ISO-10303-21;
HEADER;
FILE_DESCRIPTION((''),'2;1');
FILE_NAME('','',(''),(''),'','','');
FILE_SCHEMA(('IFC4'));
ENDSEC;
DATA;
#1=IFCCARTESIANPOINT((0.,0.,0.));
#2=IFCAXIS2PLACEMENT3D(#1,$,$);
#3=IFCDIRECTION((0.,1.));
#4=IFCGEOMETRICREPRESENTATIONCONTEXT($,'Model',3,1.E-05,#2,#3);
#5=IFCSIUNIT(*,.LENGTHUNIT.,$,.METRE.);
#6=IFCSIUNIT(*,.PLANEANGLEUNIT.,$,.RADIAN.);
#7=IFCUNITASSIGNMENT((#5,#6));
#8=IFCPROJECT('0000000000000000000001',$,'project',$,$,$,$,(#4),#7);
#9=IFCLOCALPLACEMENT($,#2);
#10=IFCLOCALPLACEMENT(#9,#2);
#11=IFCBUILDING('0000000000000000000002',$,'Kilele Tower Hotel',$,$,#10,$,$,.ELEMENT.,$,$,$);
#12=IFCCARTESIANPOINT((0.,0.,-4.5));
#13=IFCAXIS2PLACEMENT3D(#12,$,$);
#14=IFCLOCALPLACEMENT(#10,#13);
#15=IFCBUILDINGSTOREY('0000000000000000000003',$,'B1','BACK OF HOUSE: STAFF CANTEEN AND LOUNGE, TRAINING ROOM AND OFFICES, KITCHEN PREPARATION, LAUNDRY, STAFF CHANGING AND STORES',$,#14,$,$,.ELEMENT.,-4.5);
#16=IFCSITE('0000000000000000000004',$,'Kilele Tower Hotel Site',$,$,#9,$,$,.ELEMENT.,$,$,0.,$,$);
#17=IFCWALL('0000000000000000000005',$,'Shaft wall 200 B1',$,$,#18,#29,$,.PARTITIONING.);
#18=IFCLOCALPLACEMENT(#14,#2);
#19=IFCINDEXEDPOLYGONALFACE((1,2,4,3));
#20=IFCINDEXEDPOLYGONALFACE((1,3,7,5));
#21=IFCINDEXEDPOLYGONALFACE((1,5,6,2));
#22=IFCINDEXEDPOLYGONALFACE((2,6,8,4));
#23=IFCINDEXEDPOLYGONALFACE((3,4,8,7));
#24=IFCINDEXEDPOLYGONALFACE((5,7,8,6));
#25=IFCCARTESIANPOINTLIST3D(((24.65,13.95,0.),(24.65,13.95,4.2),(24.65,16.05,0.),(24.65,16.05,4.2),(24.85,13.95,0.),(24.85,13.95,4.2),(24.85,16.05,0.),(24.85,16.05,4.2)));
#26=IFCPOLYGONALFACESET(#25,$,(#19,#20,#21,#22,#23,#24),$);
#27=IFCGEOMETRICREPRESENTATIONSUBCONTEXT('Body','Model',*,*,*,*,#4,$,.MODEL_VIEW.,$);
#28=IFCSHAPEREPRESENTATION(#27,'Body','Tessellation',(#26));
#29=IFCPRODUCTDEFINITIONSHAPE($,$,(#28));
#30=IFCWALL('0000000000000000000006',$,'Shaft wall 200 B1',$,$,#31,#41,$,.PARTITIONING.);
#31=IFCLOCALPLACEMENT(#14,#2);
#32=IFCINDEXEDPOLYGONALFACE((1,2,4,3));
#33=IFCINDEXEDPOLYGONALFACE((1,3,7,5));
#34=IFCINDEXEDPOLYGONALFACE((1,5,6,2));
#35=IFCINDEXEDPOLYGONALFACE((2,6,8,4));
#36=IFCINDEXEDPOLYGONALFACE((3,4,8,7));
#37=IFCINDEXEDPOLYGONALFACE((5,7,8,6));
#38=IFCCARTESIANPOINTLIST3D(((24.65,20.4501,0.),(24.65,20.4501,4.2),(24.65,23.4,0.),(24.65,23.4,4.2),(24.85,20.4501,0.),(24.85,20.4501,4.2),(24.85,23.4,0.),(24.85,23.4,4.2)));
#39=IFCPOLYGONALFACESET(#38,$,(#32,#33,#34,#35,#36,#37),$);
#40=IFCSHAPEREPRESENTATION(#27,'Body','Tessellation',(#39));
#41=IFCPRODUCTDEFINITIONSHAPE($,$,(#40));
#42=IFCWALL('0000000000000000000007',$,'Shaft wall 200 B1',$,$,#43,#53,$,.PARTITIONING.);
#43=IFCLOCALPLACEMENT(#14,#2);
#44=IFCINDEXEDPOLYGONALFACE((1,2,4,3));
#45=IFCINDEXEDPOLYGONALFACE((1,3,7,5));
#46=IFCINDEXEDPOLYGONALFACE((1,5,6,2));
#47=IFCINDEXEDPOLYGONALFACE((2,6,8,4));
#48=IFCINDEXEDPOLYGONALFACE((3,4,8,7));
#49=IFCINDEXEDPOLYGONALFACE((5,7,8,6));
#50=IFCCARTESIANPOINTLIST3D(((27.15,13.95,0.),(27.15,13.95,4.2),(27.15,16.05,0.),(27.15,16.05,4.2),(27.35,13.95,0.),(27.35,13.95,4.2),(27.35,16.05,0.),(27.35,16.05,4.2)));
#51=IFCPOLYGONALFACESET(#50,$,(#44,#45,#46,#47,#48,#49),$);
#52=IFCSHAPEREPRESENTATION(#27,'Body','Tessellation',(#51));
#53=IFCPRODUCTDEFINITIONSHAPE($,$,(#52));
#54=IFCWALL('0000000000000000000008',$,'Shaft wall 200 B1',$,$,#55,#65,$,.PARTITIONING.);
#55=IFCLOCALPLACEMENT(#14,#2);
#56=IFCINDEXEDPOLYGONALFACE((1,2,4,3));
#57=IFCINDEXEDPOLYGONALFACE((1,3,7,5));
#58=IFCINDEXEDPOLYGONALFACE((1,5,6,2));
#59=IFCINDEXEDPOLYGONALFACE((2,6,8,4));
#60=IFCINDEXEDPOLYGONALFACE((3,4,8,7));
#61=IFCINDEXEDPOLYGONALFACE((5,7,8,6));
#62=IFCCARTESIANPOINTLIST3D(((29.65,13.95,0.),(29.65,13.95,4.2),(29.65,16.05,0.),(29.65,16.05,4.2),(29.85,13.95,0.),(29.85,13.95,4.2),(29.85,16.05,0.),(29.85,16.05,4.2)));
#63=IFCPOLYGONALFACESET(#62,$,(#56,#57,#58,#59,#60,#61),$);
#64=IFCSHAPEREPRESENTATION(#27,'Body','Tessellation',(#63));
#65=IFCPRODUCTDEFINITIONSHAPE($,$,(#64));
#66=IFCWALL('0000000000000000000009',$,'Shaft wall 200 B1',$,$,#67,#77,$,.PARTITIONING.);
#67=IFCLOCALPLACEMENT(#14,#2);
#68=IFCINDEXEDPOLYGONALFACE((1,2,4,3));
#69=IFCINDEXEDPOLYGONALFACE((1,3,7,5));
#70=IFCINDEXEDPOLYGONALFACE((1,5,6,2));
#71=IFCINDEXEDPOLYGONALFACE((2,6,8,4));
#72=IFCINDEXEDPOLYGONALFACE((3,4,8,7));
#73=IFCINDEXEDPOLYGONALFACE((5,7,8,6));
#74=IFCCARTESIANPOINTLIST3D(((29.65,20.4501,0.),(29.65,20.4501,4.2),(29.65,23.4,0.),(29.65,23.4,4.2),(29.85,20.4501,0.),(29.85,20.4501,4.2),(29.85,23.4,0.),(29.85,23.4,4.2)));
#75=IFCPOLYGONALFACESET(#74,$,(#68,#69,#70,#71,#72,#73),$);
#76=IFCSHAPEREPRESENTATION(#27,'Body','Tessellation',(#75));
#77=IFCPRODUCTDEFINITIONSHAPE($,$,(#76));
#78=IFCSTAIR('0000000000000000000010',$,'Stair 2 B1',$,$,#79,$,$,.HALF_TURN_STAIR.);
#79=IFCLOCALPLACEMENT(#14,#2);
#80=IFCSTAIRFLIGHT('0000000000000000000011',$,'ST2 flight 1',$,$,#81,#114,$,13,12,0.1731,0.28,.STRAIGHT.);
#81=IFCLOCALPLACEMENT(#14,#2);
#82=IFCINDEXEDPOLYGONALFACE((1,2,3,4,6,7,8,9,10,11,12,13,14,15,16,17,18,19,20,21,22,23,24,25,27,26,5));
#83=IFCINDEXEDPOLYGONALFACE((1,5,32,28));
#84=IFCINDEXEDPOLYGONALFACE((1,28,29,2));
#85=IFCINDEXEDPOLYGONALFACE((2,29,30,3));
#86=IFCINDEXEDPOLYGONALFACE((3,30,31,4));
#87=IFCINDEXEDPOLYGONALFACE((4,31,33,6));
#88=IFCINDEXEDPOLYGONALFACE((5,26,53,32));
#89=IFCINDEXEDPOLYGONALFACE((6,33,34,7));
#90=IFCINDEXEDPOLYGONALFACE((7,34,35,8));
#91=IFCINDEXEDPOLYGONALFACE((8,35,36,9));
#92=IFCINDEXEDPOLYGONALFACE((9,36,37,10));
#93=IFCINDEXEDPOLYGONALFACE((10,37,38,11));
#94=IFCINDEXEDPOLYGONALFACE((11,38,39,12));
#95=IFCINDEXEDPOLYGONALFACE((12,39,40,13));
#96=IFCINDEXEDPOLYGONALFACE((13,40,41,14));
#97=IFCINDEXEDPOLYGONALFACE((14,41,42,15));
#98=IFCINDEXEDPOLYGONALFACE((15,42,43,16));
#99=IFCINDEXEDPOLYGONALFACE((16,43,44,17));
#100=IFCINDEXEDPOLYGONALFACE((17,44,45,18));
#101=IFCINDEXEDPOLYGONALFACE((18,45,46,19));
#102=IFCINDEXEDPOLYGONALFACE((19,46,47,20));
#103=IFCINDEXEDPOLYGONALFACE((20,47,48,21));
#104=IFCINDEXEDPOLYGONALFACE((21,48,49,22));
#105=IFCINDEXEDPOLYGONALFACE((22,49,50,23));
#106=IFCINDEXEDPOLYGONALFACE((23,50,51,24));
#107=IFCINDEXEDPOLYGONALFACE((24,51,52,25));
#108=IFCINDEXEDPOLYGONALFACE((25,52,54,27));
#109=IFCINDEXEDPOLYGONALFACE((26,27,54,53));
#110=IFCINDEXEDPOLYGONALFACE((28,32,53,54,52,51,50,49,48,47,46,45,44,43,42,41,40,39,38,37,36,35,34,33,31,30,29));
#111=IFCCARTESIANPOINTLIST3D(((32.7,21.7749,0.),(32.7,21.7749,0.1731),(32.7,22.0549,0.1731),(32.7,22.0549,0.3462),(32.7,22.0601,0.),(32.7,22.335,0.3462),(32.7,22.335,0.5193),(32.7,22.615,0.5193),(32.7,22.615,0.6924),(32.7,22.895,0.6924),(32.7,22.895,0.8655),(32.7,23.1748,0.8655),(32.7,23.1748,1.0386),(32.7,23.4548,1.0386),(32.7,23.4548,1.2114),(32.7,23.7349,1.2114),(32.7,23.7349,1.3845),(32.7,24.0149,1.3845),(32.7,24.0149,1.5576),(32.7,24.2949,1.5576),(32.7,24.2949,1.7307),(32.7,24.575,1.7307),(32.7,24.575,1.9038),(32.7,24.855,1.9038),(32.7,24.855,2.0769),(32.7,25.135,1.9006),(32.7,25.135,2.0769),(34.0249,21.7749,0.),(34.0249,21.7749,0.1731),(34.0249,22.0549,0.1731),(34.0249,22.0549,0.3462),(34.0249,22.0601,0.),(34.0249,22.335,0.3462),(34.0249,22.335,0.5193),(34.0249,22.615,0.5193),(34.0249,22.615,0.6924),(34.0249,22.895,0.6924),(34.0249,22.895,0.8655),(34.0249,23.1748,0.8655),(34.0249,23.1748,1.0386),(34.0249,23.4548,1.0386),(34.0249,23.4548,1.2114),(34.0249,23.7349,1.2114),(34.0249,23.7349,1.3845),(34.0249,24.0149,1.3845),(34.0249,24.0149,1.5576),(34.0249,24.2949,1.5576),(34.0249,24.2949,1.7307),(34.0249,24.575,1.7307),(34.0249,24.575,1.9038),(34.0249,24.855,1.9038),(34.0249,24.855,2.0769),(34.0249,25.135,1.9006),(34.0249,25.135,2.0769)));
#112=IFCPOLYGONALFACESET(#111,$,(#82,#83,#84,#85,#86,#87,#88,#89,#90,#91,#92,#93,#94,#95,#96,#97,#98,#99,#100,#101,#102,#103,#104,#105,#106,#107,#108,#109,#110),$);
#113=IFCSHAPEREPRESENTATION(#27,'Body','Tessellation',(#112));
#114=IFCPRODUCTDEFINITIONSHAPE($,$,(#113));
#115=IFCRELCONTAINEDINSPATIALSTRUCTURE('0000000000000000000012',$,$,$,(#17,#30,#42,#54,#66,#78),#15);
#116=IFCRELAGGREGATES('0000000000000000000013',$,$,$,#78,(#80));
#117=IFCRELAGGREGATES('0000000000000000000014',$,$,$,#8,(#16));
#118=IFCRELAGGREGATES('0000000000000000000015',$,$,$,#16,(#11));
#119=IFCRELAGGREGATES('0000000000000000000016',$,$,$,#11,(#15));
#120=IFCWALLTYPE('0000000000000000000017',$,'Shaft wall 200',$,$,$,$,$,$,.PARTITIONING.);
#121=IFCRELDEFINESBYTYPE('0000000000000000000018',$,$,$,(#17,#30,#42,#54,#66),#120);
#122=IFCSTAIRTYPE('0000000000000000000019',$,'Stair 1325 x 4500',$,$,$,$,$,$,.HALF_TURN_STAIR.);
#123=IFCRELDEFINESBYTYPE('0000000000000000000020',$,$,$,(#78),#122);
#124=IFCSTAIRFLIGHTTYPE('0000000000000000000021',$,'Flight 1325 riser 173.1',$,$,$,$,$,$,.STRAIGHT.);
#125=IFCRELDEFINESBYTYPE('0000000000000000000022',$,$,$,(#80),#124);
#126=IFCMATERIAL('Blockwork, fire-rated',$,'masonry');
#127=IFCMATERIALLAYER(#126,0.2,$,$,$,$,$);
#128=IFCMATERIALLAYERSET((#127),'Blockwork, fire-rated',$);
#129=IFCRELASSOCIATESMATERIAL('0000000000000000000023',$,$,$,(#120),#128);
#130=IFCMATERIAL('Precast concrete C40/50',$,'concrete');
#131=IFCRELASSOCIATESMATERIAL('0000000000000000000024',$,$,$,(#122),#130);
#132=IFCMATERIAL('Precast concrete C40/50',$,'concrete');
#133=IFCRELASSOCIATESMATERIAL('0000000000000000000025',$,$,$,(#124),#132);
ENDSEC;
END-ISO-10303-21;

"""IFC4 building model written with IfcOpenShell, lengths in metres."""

from ifc_helpers import new_model, si_unit, direction, frame, frame_2d, origin, place, context, subcontext, project, spatial, polyline, rectangle, outline, extrude, material, layer, layer_set, type_object, element, aggregate, save


model = new_model("IFC4")

# Units and contexts
model_context = context("Model", 3, precision=1e-05, world=origin(), true_north=direction((0.0, 1.0)))
body_context = subcontext(model_context, "Body", "Model", "MODEL_VIEW")
ifc_project = project(units=[si_unit("LENGTHUNIT", "METRE"), si_unit("PLANEANGLEUNIT", "RADIAN")], contexts=[model_context])

# Site, building, storey
site_placement = place(None, origin())
site = spatial("IfcSite", under=ifc_project, at=site_placement, Name="Kilele Tower Hotel Site", CompositionType="ELEMENT", RefElevation=0.0)
building_placement = place(site_placement, origin())
building = spatial("IfcBuilding", under=site, at=building_placement, Name="Kilele Tower Hotel", CompositionType="ELEMENT")
storey_placement = place(building_placement, frame((0.0, 0.0, -4.5)))
storey = spatial("IfcBuildingStorey", under=building, at=storey_placement, Name="B1", Description="BACK OF HOUSE: STAFF CANTEEN AND LOUNGE, TRAINING ROOM AND OFFICES, KITCHEN PREPARATION, LAUNDRY, STAFF CHANGING AND STORES", CompositionType="ELEMENT", Elevation=-4.5)

# Walls
ifc_material_1 = material(Name="Blockwork, fire-rated", Category="masonry")
ifc_layer_1 = layer(ifc_material_1, 0.2)
ifc_layer_set_1 = layer_set([ifc_layer_1], Name="Blockwork, fire-rated")
wall_type_1 = type_object("IfcWallType", Name="Shaft wall 200", PredefinedType="PARTITIONING", material=ifc_layer_set_1)
wall_1_placement = place(storey_placement, frame((24.75, 13.95, 0.0), z_axis=(0.0, 0.0, 1.0), x_axis=(0.0, 1.0, 0.0)))
element("IfcWall", 1, at=wall_1_placement, inside=storey, type_object=wall_type_1, Name="Shaft wall 200 B1", PredefinedType="PARTITIONING", context=body_context, shape_type="SweptSolid", body=[
    extrude(rectangle(XDim=2.1001, YDim=0.2, at=frame_2d((1.05, 0.0))), origin(), (0.0, 0.0, 1.0), 4.2),
])
wall_2_placement = place(storey_placement, frame((24.75, 20.45, 0.0), z_axis=(0.0, 0.0, 1.0), x_axis=(0.0, 1.0, 0.0)))
element("IfcWall", 2, at=wall_2_placement, inside=storey, type_object=wall_type_1, Name="Shaft wall 200 B1", PredefinedType="PARTITIONING", context=body_context, shape_type="SweptSolid", body=[
    extrude(rectangle(XDim=2.95, YDim=0.2, at=frame_2d((1.4751, 0.0))), origin(), (0.0, 0.0, 1.0), 4.2),
])
for number, where, z_axis, x_axis, name in (
    (3, (27.25, 13.95, 0.0), (0.0, 0.0, 1.0), (0.0, 1.0, 0.0), "Shaft wall 200 B1"),
    (4, (29.75, 13.95, 0.0), (0.0, 0.0, 1.0), (0.0, 1.0, 0.0), "Shaft wall 200 B1"),
):
    element("IfcWall", number, at=place(storey_placement, frame(where, z_axis=z_axis, x_axis=x_axis)), inside=storey, type_object=wall_type_1, Name=name, PredefinedType="PARTITIONING", context=body_context, shape_type="SweptSolid", body=[
        extrude(rectangle(XDim=2.1001, YDim=0.2, at=frame_2d((1.05, 0.0))), origin(), (0.0, 0.0, 1.0), 4.2),
    ])
wall_3_placement = place(storey_placement, frame((29.75, 20.45, 0.0), z_axis=(0.0, 0.0, 1.0), x_axis=(0.0, 1.0, 0.0)))
element("IfcWall", 5, at=wall_3_placement, inside=storey, type_object=wall_type_1, Name="Shaft wall 200 B1", PredefinedType="PARTITIONING", context=body_context, shape_type="SweptSolid", body=[
    extrude(rectangle(XDim=2.95, YDim=0.2, at=frame_2d((1.4751, 0.0))), origin(), (0.0, 0.0, 1.0), 4.2),
])

# Stair, stair flight
ifc_material_2 = material(Name="Precast concrete C40/50", Category="concrete")
stair_type = type_object("IfcStairType", Name="Stair 1325 x 4500", PredefinedType="HALF_TURN_STAIR", material=ifc_material_2)
stair_placement = place(storey_placement, origin())
stair = element("IfcStair", 6, at=stair_placement, inside=storey, type_object=stair_type, Name="Stair 2 B1", PredefinedType="HALF_TURN_STAIR")
ifc_material_3 = material(Name="Precast concrete C40/50", Category="concrete")
stair_flight_type = type_object("IfcStairFlightType", Name="Flight 1325 riser 173.1", PredefinedType="STRAIGHT", material=ifc_material_3)
stair_flight_placement = place(storey_placement, frame((33.3625, 21.7749, 0.0), z_axis=(0.0, 0.0, 1.0), x_axis=(0.0, 1.0, 0.0)))
stair_flight = element("IfcStairFlight", 7, at=stair_flight_placement, type_object=stair_flight_type, Name="ST2 flight 1", NumberOfRisers=13, NumberOfTreads=12, PredefinedType="STRAIGHT", RiserHeight=0.1731, TreadLength=0.28, context=body_context, shape_type="SweptSolid", body=[
    extrude(outline(polyline([(0.0, 0.0), (0.0, 0.1731), (0.28, 0.1731), (0.28, 0.3462), (0.5601, 0.3462), (0.5601, 0.5193), (0.8401, 0.5193), (0.8401, 0.6924), (1.1201, 0.6924), (1.1201, 0.8655), (1.3999, 0.8655), (1.3999, 1.0386), (1.6799, 1.0386), (1.6799, 1.2114), (1.96, 1.2114), (1.96, 1.3845), (2.24, 1.3845), (2.24, 1.5576), (2.52, 1.5576), (2.52, 1.7307), (2.8, 1.7307), (2.8, 1.9038), (3.0801, 1.9038), (3.0801, 2.0769), (3.3601, 2.0769), (3.3601, 2.25), (3.3601, 1.9006), (0.2852, 0.0), (0.0, 0.0)])), frame((0.0, 0.6626, 0.0), z_axis=(0.0, -1.0, 0.0), x_axis=(1.0, 0.0, 0.0)), (0.0, 0.0, 1.0), 1.325),
])
aggregate(stair, [stair_flight])

save(model, "model.ifc")
